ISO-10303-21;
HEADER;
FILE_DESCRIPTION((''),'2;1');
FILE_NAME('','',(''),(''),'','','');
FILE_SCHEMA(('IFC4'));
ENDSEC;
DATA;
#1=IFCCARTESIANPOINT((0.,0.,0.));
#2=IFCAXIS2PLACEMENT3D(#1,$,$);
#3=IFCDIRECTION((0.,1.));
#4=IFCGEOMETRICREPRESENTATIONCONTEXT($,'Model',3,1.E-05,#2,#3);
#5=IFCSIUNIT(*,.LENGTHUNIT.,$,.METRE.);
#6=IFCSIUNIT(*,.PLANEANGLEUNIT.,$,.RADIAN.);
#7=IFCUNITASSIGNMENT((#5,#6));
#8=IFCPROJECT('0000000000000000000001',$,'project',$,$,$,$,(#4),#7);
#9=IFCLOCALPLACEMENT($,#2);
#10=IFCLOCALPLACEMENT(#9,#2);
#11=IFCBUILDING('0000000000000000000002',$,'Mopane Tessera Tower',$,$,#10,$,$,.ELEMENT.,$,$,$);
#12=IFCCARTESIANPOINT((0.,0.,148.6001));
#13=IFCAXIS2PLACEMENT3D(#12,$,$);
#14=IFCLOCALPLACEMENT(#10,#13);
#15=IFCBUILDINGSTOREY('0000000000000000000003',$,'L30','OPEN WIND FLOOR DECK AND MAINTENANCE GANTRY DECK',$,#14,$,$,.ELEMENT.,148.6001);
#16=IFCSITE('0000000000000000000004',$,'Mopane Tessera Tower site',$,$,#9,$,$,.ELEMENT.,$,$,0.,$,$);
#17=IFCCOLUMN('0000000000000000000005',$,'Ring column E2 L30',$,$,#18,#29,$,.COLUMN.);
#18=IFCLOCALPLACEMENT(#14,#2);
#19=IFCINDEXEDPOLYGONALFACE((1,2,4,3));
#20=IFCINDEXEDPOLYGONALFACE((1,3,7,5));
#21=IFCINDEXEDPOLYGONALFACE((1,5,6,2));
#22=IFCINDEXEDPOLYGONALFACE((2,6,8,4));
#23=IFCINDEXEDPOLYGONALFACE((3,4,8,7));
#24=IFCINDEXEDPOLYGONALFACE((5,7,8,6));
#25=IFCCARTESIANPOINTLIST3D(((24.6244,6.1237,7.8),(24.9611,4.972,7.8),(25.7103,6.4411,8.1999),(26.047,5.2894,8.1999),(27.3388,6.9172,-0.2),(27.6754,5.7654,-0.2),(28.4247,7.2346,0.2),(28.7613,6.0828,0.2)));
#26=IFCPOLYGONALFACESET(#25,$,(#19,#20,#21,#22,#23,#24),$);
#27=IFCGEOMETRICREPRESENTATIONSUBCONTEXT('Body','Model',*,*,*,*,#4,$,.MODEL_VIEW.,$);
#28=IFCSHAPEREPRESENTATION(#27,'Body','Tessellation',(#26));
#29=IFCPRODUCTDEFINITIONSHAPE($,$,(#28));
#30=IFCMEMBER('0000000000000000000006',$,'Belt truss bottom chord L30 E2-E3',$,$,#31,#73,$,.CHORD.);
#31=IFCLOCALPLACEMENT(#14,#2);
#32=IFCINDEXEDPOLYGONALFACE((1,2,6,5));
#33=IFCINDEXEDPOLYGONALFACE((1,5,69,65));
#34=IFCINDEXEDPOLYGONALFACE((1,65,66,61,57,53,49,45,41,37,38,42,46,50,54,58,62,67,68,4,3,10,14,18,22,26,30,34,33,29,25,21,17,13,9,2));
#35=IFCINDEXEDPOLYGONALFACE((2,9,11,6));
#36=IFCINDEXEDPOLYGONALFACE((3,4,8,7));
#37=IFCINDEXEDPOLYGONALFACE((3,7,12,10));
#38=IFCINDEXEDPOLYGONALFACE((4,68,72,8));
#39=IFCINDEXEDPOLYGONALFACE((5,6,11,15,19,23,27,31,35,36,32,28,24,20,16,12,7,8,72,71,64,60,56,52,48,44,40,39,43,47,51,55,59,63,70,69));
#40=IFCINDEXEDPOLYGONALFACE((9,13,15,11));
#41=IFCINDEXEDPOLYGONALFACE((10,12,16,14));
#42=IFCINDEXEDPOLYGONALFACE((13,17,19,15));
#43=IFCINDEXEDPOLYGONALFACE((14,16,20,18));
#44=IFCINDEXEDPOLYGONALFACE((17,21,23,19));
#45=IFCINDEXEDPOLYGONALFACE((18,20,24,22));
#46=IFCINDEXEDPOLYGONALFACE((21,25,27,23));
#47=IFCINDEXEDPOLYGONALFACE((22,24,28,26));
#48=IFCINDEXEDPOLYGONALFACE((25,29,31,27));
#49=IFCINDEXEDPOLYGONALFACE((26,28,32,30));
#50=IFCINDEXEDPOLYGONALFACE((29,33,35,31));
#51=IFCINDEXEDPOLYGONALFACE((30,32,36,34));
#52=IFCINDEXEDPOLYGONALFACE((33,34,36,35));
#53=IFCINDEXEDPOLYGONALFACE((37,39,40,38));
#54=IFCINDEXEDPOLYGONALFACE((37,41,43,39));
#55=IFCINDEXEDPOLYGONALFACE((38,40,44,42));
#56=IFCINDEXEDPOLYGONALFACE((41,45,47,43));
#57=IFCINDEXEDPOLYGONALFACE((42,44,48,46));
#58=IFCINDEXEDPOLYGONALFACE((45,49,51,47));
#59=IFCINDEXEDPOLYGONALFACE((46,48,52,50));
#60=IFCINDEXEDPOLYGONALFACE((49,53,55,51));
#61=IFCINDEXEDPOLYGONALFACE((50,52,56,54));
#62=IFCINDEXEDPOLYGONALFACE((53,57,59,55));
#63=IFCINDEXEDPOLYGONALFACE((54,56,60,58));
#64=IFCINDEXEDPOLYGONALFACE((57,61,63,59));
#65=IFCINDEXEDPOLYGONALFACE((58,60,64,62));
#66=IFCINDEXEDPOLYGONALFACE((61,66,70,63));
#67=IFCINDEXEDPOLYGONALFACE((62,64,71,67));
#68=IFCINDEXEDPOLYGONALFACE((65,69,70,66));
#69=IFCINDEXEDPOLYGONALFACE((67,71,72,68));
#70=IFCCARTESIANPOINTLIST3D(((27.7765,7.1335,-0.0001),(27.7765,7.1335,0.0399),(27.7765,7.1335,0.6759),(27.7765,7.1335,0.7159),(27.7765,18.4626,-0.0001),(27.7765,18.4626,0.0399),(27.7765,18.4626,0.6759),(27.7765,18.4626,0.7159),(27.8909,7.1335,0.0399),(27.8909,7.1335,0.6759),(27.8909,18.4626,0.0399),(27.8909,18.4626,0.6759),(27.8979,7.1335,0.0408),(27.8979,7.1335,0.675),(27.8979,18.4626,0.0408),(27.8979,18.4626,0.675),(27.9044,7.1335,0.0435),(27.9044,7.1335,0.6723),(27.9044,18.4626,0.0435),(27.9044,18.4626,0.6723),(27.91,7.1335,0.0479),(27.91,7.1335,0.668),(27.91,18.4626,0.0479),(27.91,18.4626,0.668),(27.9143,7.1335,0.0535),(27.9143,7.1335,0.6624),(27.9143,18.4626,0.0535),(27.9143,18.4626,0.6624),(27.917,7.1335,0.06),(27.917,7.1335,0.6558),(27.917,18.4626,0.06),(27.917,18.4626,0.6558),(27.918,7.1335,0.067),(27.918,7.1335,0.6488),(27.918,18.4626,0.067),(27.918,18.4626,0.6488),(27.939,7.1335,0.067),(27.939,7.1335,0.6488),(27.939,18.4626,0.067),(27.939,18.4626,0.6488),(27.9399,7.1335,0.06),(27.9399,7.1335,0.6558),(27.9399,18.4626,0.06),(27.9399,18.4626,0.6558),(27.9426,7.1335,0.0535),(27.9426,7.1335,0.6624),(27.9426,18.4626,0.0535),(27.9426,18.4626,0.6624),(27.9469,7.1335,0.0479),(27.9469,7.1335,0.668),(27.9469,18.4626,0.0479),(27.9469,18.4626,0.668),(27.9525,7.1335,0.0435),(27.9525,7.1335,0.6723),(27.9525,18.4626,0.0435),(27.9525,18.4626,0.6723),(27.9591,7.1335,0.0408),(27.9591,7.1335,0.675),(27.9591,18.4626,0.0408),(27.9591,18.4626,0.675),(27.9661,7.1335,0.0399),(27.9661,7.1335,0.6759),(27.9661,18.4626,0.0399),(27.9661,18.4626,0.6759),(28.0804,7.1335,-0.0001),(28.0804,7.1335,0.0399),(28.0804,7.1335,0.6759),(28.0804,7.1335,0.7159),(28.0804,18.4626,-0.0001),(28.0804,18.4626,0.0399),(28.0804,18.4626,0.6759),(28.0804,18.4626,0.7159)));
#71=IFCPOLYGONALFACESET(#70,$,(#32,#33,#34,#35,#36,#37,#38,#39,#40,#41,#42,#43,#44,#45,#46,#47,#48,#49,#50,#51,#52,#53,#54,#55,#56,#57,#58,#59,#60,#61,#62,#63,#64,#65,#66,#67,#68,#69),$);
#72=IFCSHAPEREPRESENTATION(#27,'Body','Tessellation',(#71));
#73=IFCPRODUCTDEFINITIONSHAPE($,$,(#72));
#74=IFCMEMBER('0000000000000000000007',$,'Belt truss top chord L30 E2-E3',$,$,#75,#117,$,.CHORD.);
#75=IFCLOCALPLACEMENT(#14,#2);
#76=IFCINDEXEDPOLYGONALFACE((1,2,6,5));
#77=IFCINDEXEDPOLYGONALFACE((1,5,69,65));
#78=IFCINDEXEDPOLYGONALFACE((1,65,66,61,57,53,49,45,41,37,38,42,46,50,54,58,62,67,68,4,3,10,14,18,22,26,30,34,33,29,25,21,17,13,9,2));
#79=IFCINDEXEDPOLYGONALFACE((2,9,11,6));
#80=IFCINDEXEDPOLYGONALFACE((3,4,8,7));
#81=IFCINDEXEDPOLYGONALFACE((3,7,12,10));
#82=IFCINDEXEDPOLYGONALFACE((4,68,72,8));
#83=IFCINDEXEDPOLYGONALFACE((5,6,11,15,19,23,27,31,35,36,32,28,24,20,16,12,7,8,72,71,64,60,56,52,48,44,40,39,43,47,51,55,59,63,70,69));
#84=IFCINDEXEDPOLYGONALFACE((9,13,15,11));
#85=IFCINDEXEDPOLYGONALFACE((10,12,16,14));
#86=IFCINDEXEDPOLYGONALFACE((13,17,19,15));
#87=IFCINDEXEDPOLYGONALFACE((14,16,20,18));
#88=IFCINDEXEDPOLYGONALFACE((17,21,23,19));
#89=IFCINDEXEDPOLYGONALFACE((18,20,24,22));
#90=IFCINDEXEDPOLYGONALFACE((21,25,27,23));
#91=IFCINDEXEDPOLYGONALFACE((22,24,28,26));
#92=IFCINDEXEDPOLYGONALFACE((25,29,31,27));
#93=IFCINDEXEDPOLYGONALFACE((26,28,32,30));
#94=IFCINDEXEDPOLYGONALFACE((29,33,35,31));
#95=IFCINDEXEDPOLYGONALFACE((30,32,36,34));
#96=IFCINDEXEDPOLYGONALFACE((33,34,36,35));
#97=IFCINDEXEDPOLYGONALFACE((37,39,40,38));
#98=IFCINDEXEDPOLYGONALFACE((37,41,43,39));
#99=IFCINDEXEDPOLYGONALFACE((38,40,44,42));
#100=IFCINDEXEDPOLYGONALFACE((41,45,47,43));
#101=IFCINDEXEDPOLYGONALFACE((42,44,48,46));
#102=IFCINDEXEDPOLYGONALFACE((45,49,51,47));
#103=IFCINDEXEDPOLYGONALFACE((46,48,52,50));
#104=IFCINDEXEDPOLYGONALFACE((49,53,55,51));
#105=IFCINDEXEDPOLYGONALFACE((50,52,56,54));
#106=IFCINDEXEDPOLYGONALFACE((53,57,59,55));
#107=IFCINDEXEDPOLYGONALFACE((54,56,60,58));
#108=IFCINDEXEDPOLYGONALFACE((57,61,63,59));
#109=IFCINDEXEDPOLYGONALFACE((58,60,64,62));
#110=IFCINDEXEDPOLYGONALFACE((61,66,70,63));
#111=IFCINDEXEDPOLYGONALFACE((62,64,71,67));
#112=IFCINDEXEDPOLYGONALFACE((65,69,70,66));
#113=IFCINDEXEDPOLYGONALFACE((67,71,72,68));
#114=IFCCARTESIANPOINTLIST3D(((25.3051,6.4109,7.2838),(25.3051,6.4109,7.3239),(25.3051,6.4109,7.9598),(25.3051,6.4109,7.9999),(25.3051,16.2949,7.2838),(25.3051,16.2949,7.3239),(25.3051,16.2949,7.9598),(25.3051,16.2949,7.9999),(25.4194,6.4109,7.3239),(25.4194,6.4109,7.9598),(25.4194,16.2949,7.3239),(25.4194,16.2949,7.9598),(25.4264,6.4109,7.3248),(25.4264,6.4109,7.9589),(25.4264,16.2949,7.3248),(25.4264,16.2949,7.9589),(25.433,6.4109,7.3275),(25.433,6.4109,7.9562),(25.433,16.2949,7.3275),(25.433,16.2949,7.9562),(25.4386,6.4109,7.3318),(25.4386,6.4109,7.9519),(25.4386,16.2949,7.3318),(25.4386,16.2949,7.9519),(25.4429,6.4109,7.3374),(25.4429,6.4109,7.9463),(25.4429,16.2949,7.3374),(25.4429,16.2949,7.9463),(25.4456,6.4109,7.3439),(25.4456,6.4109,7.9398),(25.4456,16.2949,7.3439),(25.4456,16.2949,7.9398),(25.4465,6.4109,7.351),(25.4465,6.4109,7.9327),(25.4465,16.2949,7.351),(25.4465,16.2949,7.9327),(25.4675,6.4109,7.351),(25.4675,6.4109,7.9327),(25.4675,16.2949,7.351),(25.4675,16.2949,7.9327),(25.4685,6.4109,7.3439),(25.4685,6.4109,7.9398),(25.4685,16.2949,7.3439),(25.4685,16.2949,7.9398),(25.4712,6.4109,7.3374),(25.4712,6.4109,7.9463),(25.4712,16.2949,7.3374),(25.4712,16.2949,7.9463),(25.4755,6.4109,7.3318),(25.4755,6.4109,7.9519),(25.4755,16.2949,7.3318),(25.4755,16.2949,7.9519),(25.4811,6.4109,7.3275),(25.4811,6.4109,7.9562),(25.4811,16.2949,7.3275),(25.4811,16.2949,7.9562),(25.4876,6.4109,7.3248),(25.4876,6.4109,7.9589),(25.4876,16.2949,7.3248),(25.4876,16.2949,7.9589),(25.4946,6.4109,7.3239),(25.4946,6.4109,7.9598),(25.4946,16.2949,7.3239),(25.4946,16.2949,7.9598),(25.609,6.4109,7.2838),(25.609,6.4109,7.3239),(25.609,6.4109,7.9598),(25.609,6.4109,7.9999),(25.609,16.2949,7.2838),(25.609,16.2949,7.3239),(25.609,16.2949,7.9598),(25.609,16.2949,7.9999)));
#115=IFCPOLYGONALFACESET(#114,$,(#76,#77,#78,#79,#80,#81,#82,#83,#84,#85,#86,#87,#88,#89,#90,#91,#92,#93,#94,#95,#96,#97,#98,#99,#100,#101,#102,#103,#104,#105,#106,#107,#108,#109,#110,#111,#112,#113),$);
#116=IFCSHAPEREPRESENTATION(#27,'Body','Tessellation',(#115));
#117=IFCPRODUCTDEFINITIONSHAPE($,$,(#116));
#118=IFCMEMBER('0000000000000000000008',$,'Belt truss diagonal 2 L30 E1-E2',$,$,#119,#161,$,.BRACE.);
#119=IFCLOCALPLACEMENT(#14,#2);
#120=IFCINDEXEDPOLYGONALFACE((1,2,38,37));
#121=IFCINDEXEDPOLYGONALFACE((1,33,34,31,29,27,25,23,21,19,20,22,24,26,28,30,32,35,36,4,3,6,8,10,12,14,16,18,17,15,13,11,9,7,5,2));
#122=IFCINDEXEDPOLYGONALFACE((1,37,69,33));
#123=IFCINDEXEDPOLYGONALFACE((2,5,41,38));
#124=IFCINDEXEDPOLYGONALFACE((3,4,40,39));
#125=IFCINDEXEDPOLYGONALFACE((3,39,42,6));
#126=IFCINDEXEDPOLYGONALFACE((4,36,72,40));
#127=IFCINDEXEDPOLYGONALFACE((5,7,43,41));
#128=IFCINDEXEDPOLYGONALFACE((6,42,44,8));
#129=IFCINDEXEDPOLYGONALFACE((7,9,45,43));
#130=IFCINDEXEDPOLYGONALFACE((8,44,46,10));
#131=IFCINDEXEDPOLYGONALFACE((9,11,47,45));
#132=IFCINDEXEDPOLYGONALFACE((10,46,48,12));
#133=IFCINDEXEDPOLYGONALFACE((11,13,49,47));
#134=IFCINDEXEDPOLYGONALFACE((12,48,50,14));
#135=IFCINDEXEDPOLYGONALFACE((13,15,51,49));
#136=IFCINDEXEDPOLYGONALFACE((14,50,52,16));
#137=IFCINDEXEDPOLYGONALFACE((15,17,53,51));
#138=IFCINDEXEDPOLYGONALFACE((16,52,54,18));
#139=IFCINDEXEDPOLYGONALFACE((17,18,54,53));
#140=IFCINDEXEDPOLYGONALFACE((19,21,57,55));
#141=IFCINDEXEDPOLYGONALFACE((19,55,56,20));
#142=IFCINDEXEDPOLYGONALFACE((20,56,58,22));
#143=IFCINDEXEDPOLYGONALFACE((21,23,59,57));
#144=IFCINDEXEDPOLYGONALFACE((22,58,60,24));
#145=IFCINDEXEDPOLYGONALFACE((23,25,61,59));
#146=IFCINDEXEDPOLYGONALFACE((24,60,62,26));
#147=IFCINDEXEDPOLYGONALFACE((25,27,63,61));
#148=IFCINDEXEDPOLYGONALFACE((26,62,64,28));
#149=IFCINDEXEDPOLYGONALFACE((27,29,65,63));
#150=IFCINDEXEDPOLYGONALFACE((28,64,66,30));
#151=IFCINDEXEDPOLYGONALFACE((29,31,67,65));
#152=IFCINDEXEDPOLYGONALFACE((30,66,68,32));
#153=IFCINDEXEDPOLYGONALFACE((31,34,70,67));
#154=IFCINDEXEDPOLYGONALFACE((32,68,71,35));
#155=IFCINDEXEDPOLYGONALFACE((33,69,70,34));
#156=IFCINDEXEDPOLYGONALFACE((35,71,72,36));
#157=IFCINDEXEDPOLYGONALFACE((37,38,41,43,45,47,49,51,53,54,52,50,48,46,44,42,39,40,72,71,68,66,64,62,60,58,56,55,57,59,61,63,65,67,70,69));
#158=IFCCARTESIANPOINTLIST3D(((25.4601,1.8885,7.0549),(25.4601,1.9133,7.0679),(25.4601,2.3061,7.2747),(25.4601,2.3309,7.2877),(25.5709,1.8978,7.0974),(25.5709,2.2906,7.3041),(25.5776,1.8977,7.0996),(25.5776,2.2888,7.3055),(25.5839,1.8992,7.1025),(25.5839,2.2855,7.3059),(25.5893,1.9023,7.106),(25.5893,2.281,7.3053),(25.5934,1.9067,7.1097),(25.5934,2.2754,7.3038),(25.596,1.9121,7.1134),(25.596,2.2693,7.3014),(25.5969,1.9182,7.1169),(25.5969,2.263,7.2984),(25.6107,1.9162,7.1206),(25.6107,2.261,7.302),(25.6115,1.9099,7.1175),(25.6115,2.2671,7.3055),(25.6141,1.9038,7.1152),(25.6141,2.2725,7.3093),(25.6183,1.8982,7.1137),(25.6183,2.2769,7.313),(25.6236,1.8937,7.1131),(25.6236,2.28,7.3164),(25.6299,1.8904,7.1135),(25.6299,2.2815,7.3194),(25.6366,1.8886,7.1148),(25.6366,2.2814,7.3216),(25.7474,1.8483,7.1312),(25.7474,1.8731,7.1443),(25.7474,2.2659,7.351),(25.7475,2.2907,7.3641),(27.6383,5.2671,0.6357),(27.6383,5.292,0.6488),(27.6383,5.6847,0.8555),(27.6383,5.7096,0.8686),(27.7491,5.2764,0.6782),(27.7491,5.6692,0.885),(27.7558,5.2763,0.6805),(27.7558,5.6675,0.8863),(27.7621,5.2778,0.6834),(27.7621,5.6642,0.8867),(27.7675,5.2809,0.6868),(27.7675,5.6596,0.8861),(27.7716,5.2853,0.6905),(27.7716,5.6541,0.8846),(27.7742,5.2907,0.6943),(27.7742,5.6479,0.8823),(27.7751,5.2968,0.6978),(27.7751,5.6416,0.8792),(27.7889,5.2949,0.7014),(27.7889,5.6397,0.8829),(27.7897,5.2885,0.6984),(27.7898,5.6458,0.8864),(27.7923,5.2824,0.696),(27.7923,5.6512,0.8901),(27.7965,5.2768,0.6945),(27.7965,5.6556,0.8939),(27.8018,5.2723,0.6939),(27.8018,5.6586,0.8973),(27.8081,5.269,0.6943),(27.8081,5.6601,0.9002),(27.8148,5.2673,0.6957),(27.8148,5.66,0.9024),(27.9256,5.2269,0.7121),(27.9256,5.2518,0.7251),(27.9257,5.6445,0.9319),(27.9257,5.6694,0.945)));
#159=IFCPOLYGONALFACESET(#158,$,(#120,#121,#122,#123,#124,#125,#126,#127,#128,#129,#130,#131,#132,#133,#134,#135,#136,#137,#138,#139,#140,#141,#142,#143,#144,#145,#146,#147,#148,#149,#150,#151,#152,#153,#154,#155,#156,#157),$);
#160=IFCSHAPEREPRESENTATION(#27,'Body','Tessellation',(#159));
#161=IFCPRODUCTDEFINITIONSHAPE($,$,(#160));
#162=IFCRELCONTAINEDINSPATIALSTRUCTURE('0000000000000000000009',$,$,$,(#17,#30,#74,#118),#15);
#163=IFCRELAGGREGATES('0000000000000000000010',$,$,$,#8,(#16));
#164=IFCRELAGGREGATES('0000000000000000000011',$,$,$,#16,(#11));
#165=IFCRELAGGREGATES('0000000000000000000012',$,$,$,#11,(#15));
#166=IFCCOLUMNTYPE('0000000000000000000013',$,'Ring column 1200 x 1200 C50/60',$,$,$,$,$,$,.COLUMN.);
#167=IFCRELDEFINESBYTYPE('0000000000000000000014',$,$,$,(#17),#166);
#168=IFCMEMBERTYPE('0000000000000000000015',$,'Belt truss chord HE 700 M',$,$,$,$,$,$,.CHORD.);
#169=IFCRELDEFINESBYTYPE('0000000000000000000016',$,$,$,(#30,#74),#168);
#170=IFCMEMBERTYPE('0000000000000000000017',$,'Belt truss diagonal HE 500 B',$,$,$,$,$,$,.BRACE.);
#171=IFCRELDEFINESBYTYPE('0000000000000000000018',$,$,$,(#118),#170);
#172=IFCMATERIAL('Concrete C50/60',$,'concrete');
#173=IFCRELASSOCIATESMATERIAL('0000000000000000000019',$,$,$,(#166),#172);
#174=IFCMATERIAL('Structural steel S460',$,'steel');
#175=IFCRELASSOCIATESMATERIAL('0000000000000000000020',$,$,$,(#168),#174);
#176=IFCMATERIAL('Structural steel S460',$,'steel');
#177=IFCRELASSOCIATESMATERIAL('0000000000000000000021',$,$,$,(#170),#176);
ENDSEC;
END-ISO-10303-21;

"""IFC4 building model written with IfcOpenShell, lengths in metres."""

from ifc_helpers import new_model, si_unit, direction, frame, origin, origin_2d, place, context, subcontext, project, spatial, rectangle, i_section, extrude, material, material_profile, profile_set, type_object, element, save


model = new_model("IFC4")

# Units and contexts
model_context = context("Model", 3, precision=1e-05, world=origin(), true_north=direction((0.0, 1.0)))
body_context = subcontext(model_context, "Body", "Model", "MODEL_VIEW")
ifc_project = project(units=[si_unit("LENGTHUNIT", "METRE"), si_unit("PLANEANGLEUNIT", "RADIAN")], contexts=[model_context])

# Site, building, storey
site_placement = place(None, origin())
site = spatial("IfcSite", under=ifc_project, at=site_placement, Name="Mopane Tessera Tower site", CompositionType="ELEMENT", RefElevation=0.0)
building_placement = place(site_placement, origin())
building = spatial("IfcBuilding", under=site, at=building_placement, Name="Mopane Tessera Tower", CompositionType="ELEMENT")
storey_placement = place(building_placement, frame((0.0, 0.0, 148.6001)))
storey = spatial("IfcBuildingStorey", under=building, at=storey_placement, Name="L30", Description="OPEN WIND FLOOR DECK AND MAINTENANCE GANTRY DECK", CompositionType="ELEMENT", Elevation=148.6001)

# Column
ifc_material_1 = material(Name="Concrete C50/60", Category="concrete")
ifc_material_profile_1 = material_profile(ifc_material_1, rectangle(XDim=1.2, YDim=1.2, at=origin_2d()))
ifc_profile_set_1 = profile_set([ifc_material_profile_1], Name="Concrete C50/60")
column_type = type_object("IfcColumnType", Name="Ring column 1200 x 1200 C50/60", PredefinedType="COLUMN", material=ifc_profile_set_1)
column_placement = place(storey_placement, frame((28.05, 6.5, 0.0), z_axis=(-0.319896, -0.093512, 0.942827), x_axis=(0.280577, -0.959832, 0.0)))
element("IfcColumn", 1, at=column_placement, inside=storey, type_object=column_type, Name="Ring column E2 L30", PredefinedType="COLUMN", context=body_context, shape_type="SweptSolid", body=[
    extrude(rectangle(XDim=1.2, YDim=1.2, at=origin_2d()), origin(), (0.0, 0.0, 1.0), 8.4851),
])

# Members
ifc_material_2 = material(Name="Structural steel S460", Category="steel")
ifc_material_profile_2 = material_profile(ifc_material_2, i_section(OverallWidth=0.304, OverallDepth=0.7161, WebThickness=0.021, FlangeThickness=0.04, FilletRadius=0.0271, at=origin_2d()))
ifc_profile_set_2 = profile_set([ifc_material_profile_2], Name="Structural steel S460")
member_type_1 = type_object("IfcMemberType", Name="Belt truss chord HE 700 M", PredefinedType="CHORD", material=ifc_profile_set_2)
member_1_placement = place(storey_placement, frame((27.9285, 7.1335, 0.3579), z_axis=(0.0, 1.0, 0.0), x_axis=(-1.0, 0.0, 0.0)))
element("IfcMember", 2, at=member_1_placement, inside=storey, type_object=member_type_1, Name="Belt truss bottom chord L30 E2-E3", PredefinedType="CHORD", context=body_context, shape_type="SweptSolid", body=[
    extrude(i_section(OverallWidth=0.304, OverallDepth=0.7161, WebThickness=0.021, FlangeThickness=0.04, FilletRadius=0.0271, at=origin_2d()), origin(), (0.0, 0.0, 1.0), 11.3291),
])
member_2_placement = place(storey_placement, frame((25.457, 6.4109, 7.6418), z_axis=(0.0, 1.0, 0.0), x_axis=(-1.0, 0.0, 0.0)))
element("IfcMember", 3, at=member_2_placement, inside=storey, type_object=member_type_1, Name="Belt truss top chord L30 E2-E3", PredefinedType="CHORD", context=body_context, shape_type="SweptSolid", body=[
    extrude(i_section(OverallWidth=0.304, OverallDepth=0.7161, WebThickness=0.021, FlangeThickness=0.04, FilletRadius=0.0271, at=origin_2d()), origin(), (0.0, 0.0, 1.0), 9.884),
])
ifc_material_3 = material(Name="Structural steel S460", Category="steel")
ifc_material_profile_3 = material_profile(ifc_material_3, i_section(OverallWidth=0.3, OverallDepth=0.5, WebThickness=0.0144, FlangeThickness=0.0281, FilletRadius=0.0271, at=origin_2d()))
ifc_profile_set_3 = profile_set([ifc_material_profile_3], Name="Structural steel S460")
member_type_2 = type_object("IfcMemberType", Name="Belt truss diagonal HE 500 B", PredefinedType="BRACE", material=ifc_profile_set_3)
member_3_placement = place(storey_placement, frame((25.6038, 2.0896, 7.2095), z_axis=(0.287591, 0.446085, -0.847526), x_axis=(-0.957753, 0.133965, -0.254484)))
element("IfcMember", 4, at=member_3_placement, inside=storey, type_object=member_type_2, Name="Belt truss diagonal 2 L30 E1-E2", PredefinedType="BRACE", context=body_context, shape_type="SweptSolid", body=[
    extrude(i_section(OverallWidth=0.3, OverallDepth=0.5, WebThickness=0.0144, FlangeThickness=0.0281, FilletRadius=0.0271, at=origin_2d()), origin(), (0.0, 0.0, 1.0), 7.574),
])

save(model, "model.ifc")
